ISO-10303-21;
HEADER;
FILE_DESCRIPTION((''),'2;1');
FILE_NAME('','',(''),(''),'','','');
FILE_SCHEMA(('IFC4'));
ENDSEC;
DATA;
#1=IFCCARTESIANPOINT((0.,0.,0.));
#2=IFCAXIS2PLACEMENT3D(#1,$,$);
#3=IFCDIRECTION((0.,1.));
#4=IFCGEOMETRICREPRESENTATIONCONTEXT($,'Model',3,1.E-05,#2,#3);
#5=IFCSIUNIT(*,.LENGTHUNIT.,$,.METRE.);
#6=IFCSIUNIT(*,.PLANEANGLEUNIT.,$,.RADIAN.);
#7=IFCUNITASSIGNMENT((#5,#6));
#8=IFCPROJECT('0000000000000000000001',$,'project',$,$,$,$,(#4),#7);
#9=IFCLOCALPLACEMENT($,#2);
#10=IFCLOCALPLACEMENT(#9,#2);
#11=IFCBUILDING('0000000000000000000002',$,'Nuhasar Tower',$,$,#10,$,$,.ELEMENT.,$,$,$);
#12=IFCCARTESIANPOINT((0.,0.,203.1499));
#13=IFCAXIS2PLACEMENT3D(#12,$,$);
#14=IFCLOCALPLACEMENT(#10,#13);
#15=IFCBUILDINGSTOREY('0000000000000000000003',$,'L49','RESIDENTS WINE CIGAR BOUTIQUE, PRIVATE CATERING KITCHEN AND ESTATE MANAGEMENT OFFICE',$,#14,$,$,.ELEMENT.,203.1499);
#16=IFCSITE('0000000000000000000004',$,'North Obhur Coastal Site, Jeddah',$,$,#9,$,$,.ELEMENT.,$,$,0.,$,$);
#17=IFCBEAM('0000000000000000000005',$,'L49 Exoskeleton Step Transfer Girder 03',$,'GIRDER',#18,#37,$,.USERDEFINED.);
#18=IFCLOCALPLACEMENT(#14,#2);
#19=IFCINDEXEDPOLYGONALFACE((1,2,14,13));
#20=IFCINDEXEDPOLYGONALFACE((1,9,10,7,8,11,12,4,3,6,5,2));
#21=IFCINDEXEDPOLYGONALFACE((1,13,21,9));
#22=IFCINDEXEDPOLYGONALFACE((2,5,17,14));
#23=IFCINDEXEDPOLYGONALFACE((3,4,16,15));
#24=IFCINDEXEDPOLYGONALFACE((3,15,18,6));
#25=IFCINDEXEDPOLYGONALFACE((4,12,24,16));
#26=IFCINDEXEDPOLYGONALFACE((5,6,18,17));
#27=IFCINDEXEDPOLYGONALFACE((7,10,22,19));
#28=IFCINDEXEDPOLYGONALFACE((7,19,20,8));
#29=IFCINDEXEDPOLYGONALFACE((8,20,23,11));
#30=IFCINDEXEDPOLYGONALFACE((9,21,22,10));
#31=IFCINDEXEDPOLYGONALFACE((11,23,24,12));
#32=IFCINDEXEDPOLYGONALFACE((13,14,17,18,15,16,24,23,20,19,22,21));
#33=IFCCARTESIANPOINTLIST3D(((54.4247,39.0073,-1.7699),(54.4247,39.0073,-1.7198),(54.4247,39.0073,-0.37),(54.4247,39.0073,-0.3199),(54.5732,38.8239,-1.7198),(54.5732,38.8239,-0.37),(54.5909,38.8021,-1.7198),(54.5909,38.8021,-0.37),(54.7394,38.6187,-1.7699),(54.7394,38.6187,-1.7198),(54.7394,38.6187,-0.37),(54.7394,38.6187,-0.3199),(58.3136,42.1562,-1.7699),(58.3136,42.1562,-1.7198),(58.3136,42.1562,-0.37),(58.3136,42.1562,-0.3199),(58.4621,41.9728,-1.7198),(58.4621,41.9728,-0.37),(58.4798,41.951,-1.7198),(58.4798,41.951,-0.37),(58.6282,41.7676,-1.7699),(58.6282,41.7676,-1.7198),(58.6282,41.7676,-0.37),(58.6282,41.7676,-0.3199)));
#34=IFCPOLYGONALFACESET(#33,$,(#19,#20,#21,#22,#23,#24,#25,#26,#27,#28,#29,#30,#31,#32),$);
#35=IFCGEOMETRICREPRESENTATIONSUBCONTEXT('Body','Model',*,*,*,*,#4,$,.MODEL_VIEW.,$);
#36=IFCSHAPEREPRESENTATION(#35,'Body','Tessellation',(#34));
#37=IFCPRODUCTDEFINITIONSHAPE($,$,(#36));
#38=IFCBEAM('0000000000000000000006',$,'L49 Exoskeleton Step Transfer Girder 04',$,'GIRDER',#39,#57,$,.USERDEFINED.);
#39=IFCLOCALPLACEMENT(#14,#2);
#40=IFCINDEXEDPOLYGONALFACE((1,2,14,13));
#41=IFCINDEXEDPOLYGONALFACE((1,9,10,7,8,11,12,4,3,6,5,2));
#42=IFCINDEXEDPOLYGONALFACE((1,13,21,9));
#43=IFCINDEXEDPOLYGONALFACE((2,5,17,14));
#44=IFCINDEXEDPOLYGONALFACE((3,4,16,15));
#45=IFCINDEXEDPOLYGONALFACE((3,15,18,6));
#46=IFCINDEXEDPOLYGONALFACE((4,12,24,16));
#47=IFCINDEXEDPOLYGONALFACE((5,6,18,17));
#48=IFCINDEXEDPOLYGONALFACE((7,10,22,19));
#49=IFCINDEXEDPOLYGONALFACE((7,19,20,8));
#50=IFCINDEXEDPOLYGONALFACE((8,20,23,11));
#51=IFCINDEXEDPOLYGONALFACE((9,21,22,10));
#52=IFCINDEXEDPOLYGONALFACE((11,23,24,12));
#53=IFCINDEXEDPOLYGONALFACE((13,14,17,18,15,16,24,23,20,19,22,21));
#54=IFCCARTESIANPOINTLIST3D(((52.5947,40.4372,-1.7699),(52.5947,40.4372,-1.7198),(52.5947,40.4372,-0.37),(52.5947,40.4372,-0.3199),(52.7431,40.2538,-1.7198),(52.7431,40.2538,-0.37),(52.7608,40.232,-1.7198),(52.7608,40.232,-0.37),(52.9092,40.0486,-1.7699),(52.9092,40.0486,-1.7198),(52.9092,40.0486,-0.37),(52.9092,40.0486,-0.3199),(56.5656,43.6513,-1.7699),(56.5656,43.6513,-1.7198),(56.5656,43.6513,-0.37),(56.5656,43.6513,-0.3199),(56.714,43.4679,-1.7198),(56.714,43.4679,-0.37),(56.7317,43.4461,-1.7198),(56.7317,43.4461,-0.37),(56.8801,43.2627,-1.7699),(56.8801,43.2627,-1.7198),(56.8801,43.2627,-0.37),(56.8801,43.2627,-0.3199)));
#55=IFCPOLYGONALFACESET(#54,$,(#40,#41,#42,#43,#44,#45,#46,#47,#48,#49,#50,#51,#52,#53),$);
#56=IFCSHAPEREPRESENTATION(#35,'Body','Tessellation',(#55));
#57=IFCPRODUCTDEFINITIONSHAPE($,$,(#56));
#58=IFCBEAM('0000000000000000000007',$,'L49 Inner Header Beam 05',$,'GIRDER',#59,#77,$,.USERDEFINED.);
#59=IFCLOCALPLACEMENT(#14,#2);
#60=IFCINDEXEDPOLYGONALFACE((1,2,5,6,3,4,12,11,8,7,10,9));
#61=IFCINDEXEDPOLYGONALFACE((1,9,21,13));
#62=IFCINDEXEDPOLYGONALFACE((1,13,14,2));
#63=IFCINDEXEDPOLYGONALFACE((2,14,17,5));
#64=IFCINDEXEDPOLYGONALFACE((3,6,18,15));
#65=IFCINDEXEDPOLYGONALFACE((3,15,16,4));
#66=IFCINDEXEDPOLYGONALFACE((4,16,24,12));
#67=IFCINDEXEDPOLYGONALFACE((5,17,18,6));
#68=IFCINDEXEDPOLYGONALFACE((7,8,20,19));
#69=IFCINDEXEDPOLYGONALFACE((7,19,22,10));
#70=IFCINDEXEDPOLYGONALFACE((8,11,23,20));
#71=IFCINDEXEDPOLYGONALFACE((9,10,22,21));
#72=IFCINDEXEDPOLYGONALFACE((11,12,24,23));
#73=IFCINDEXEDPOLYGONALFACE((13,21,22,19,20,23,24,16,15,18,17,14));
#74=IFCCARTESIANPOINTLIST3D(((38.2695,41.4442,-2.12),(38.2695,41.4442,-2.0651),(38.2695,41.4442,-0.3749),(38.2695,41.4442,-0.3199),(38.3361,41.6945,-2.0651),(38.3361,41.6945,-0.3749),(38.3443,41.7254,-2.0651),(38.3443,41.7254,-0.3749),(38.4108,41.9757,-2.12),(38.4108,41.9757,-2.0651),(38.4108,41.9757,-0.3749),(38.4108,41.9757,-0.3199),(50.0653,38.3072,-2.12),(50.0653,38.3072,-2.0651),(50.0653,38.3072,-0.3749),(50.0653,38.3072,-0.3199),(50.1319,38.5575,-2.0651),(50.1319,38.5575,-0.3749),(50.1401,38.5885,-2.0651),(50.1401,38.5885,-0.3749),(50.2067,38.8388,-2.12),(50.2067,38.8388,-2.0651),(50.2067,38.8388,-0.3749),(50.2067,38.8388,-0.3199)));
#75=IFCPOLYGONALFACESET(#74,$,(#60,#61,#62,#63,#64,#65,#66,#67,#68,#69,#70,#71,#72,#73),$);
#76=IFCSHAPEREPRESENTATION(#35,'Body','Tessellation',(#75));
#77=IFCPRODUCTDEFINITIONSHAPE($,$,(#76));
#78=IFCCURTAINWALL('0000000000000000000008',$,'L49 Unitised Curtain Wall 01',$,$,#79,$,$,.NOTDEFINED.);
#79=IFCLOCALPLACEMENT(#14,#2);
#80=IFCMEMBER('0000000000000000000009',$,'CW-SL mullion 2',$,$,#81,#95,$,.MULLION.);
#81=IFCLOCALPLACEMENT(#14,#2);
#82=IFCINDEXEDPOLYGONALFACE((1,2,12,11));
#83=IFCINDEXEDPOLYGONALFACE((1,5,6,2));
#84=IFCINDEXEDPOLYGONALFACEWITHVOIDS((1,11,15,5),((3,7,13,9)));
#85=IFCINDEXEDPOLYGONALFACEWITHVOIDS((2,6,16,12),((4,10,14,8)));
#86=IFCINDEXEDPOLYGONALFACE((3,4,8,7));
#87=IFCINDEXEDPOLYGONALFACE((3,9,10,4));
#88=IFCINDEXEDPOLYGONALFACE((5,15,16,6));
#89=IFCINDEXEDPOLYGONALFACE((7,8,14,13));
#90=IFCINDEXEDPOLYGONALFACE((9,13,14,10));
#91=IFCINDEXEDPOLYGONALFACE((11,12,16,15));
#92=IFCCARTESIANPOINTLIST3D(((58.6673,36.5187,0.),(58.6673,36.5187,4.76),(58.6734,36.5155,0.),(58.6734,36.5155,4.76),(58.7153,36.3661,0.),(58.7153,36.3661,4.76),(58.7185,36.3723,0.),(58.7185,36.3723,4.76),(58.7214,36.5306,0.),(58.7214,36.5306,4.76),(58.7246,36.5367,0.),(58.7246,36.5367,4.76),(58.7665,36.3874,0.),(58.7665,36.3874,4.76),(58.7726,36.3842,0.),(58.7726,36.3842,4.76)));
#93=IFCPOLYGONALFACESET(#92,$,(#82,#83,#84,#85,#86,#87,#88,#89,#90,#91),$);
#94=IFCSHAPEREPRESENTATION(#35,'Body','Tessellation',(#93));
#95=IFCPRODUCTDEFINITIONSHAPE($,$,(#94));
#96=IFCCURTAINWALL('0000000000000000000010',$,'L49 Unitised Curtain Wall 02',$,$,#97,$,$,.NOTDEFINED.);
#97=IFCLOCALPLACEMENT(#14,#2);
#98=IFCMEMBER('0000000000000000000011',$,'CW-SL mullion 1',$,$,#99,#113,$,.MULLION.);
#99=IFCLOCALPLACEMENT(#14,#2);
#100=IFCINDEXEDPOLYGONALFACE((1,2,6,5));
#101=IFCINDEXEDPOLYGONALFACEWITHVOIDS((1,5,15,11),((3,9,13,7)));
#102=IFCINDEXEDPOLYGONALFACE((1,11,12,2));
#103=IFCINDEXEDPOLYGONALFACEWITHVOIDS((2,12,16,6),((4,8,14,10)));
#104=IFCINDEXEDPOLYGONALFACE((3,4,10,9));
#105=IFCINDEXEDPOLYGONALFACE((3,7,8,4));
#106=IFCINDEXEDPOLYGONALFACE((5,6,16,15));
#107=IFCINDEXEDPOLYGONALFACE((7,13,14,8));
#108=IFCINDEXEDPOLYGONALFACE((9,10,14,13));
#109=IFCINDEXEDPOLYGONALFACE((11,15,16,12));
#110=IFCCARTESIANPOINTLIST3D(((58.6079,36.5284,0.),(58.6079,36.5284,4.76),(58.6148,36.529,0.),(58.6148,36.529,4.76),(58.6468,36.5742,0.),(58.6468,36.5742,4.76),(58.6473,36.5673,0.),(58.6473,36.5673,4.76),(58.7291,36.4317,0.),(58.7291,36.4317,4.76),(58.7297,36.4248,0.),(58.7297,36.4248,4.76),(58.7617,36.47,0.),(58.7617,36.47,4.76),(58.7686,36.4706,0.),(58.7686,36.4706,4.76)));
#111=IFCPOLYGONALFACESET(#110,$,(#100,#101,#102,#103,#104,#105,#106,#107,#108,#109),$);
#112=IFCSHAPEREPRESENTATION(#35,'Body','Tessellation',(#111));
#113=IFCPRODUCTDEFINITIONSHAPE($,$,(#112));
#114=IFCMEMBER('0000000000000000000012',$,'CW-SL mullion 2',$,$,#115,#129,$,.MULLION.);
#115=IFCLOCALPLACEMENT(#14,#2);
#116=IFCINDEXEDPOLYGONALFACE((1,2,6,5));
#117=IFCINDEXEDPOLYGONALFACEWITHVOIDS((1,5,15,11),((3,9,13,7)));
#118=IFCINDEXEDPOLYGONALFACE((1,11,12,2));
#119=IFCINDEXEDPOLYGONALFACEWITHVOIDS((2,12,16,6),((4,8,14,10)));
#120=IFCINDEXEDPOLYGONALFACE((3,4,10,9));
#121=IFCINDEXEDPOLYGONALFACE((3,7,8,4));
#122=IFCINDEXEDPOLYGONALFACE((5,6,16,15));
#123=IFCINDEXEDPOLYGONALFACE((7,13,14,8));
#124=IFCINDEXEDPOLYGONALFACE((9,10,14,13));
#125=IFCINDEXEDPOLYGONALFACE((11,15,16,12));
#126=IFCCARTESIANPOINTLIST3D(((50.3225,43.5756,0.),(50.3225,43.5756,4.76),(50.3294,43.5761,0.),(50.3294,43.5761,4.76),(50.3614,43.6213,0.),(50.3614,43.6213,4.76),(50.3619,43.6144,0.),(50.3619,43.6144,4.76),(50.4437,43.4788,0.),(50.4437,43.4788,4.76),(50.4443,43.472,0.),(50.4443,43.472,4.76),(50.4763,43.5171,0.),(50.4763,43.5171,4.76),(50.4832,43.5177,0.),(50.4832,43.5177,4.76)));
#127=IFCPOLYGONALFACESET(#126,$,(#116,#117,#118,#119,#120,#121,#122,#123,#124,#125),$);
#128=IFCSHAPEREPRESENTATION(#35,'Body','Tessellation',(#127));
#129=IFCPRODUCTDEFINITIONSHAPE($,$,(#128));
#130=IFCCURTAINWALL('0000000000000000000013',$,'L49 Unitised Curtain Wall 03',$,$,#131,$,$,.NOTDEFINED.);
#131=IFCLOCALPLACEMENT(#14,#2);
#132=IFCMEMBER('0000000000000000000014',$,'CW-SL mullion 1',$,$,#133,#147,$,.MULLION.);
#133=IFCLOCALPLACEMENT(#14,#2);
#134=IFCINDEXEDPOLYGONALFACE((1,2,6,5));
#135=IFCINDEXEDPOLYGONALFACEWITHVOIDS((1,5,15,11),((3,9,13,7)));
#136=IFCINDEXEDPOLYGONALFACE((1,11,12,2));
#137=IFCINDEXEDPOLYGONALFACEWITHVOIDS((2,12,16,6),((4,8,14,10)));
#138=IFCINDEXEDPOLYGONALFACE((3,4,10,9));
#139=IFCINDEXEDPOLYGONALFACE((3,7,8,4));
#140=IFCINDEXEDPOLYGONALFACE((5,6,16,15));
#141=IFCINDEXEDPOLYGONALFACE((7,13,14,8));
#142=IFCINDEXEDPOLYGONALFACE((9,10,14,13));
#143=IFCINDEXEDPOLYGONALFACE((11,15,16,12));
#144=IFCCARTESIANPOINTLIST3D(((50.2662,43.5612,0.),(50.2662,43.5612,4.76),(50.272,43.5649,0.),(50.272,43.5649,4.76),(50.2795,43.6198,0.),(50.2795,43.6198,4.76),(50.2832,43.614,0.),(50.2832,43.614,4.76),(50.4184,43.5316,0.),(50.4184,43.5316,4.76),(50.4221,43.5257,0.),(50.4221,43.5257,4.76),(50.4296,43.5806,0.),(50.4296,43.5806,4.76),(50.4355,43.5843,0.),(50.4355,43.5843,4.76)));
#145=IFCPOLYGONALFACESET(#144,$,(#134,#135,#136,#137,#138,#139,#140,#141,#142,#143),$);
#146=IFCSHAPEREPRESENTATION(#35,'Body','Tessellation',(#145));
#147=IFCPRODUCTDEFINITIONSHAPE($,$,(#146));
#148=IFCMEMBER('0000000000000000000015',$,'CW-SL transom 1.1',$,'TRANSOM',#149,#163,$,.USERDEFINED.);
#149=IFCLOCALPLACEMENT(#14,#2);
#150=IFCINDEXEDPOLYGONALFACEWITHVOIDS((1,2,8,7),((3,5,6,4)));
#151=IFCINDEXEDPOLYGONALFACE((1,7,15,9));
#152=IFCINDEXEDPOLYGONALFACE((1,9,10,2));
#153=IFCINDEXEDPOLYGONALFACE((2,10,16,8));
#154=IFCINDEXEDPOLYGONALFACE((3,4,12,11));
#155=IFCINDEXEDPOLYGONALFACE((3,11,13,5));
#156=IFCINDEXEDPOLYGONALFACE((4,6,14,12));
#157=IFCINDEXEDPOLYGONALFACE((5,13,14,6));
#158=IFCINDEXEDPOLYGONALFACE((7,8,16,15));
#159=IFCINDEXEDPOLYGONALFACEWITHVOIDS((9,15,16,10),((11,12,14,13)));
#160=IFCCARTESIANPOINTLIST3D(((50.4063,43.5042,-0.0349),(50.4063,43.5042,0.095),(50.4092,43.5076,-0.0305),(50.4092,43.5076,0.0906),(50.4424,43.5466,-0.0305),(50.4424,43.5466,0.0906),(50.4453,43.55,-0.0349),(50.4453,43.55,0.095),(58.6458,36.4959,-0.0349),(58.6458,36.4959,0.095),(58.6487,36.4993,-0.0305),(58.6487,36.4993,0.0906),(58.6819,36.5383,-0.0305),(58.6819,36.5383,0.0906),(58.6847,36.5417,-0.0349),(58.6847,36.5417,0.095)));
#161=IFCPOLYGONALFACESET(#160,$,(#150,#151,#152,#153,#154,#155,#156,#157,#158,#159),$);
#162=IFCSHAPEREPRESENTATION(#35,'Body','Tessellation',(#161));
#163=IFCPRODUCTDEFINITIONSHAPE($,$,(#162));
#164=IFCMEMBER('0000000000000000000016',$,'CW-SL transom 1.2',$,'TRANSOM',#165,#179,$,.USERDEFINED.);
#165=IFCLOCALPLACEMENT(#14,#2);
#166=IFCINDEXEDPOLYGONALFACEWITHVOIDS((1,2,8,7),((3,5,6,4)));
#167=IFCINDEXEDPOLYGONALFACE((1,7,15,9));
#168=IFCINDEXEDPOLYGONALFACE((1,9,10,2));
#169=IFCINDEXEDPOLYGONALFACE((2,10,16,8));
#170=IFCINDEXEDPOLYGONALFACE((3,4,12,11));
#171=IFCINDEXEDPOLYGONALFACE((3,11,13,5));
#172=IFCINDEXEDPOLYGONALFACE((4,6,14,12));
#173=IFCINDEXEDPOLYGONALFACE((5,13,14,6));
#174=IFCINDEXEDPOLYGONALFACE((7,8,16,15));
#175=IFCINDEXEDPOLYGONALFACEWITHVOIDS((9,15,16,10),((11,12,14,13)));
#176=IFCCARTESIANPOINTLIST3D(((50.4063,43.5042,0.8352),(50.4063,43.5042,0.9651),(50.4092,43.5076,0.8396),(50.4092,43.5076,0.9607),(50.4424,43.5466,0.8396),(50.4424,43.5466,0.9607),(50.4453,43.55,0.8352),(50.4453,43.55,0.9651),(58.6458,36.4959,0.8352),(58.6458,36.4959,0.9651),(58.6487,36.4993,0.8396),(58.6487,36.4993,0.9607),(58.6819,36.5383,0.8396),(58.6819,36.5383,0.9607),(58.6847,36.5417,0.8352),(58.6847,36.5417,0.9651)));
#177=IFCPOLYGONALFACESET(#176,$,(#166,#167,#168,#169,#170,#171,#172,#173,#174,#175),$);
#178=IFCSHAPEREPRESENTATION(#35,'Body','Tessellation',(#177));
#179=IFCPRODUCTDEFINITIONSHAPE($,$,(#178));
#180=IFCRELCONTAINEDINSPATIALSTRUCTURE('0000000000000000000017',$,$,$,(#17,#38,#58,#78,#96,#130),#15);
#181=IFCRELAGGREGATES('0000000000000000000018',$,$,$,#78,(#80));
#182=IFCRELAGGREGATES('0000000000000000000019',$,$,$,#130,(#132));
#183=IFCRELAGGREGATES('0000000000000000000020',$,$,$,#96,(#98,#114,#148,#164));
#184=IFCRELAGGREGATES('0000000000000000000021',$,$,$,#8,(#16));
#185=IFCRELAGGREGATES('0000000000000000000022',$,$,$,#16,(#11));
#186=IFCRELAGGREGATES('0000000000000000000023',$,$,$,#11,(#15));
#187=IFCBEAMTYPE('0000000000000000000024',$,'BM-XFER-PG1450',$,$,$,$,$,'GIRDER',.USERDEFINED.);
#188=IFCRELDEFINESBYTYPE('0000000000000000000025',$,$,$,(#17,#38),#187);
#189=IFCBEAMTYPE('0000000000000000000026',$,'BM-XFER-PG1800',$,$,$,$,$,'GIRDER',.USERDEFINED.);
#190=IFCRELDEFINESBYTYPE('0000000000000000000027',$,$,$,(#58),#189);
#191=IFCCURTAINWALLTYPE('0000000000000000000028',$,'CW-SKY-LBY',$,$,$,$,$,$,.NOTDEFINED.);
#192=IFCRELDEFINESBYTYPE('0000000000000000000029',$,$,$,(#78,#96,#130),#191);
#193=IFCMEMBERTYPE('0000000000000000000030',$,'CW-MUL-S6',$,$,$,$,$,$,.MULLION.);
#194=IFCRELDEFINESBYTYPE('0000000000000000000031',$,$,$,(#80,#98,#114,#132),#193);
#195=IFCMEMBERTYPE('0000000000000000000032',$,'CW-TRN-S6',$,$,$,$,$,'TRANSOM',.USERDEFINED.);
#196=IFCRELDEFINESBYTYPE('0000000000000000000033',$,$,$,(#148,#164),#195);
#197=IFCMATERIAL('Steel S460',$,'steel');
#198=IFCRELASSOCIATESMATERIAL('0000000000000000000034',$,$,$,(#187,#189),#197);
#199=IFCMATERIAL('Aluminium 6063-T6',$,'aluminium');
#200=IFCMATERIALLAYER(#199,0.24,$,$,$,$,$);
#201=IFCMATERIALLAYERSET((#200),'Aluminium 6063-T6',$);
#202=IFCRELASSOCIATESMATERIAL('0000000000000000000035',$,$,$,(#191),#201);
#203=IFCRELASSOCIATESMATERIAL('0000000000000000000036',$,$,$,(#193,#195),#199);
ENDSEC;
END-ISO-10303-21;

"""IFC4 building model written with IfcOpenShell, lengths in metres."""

from ifc_helpers import new_model, si_unit, direction, frame, origin, origin_2d, place, context, subcontext, project, spatial, hollow_rectangle, i_section, extrude, material, layer, layer_set, material_profile, profile_set, type_object, element, aggregate, save


model = new_model("IFC4")

# Units and contexts
model_context = context("Model", 3, precision=1e-05, world=origin(), true_north=direction((0.0, 1.0)))
body_context = subcontext(model_context, "Body", "Model", "MODEL_VIEW")
ifc_project = project(units=[si_unit("LENGTHUNIT", "METRE"), si_unit("PLANEANGLEUNIT", "RADIAN")], contexts=[model_context])

# Site, building, storey
site_placement = place(None, origin())
site = spatial("IfcSite", under=ifc_project, at=site_placement, Name="North Obhur Coastal Site, Jeddah", CompositionType="ELEMENT", RefElevation=0.0)
building_placement = place(site_placement, origin())
building = spatial("IfcBuilding", under=site, at=building_placement, Name="Nuhasar Tower", CompositionType="ELEMENT")
storey_placement = place(building_placement, frame((0.0, 0.0, 203.1499)))
storey = spatial("IfcBuildingStorey", under=building, at=storey_placement, Name="L49", Description="RESIDENTS WINE CIGAR BOUTIQUE, PRIVATE CATERING KITCHEN AND ESTATE MANAGEMENT OFFICE", CompositionType="ELEMENT", Elevation=203.1499)

# Beams
ifc_material_1 = material(Name="Steel S460", Category="steel")
ifc_material_profile_1 = material_profile(ifc_material_1, i_section(OverallWidth=0.5, OverallDepth=1.45, WebThickness=0.0281, FlangeThickness=0.05, at=origin_2d()), Name="PG1450X500")
ifc_profile_set_1 = profile_set([ifc_material_profile_1], Name="Steel S460")
beam_type_1 = type_object("IfcBeamType", Name="BM-XFER-PG1450", ElementType="GIRDER", PredefinedType="USERDEFINED", material=ifc_profile_set_1)
beam_1_placement = place(storey_placement, frame((54.582, 38.813, -1.0449), z_axis=(0.777171, 0.629289, 0.0), x_axis=(-0.629289, 0.777171, 0.0)))
element("IfcBeam", 1, at=beam_1_placement, inside=storey, type_object=beam_type_1, Name="L49 Exoskeleton Step Transfer Girder 03", ObjectType="GIRDER", PredefinedType="USERDEFINED", context=body_context, shape_type="SweptSolid", body=[
    extrude(i_section(OverallWidth=0.5, OverallDepth=1.45, WebThickness=0.0281, FlangeThickness=0.05, at=origin_2d()), origin(), (0.0, 0.0, 1.0), 5.0039),
])
beam_2_placement = place(storey_placement, frame((52.752, 40.2429, -1.0449), z_axis=(0.777289, 0.629143, 0.0), x_axis=(-0.629143, 0.777289, 0.0)))
element("IfcBeam", 2, at=beam_2_placement, inside=storey, type_object=beam_type_1, Name="L49 Exoskeleton Step Transfer Girder 04", ObjectType="GIRDER", PredefinedType="USERDEFINED", context=body_context, shape_type="SweptSolid", body=[
    extrude(i_section(OverallWidth=0.5, OverallDepth=1.45, WebThickness=0.0281, FlangeThickness=0.05, at=origin_2d()), origin(), (0.0, 0.0, 1.0), 5.1086),
])
ifc_material_profile_2 = material_profile(ifc_material_1, i_section(OverallWidth=0.55, OverallDepth=1.8, WebThickness=0.032, FlangeThickness=0.0549, at=origin_2d()), Name="PG1800X550")
ifc_profile_set_2 = profile_set([ifc_material_profile_2], Name="Steel S460")
beam_type_2 = type_object("IfcBeamType", Name="BM-XFER-PG1800", ElementType="GIRDER", PredefinedType="USERDEFINED", material=ifc_profile_set_2)
beam_3_placement = place(storey_placement, frame((50.136, 38.573, -1.22), z_axis=(-0.96641, 0.257004, 0.0), x_axis=(-0.257004, -0.96641, 0.0)))
element("IfcBeam", 3, at=beam_3_placement, inside=storey, type_object=beam_type_2, Name="L49 Inner Header Beam 05", ObjectType="GIRDER", PredefinedType="USERDEFINED", context=body_context, shape_type="SweptSolid", body=[
    extrude(i_section(OverallWidth=0.55, OverallDepth=1.8, WebThickness=0.032, FlangeThickness=0.0549, at=origin_2d()), origin(), (0.0, 0.0, 1.0), 12.2058),
])

# Curtain wall, member
ifc_material_2 = material(Name="Aluminium 6063-T6", Category="aluminium")
ifc_layer_1 = layer(ifc_material_2, 0.24)
ifc_layer_set_1 = layer_set([ifc_layer_1], Name="Aluminium 6063-T6")
curtain_wall_type = type_object("IfcCurtainWallType", Name="CW-SKY-LBY", PredefinedType="NOTDEFINED", material=ifc_layer_set_1)
curtain_wall_1_placement = place(storey_placement, origin())
curtain_wall_1 = element("IfcCurtainWall", 4, at=curtain_wall_1_placement, inside=storey, type_object=curtain_wall_type, Name="L49 Unitised Curtain Wall 01", PredefinedType="NOTDEFINED")
ifc_material_profile_3 = material_profile(ifc_material_2, hollow_rectangle(XDim=0.0601, YDim=0.1599, WallThickness=0.0049, at=origin_2d()), Name="CWM-6")
ifc_profile_set_3 = profile_set([ifc_material_profile_3], Name="Aluminium 6063-T6")
member_type_1 = type_object("IfcMemberType", Name="CW-MUL-S6", PredefinedType="MULLION", material=ifc_profile_set_3)
member_1_placement = place(storey_placement, frame((58.72, 36.4514, 0.0), z_axis=(0.0, 0.0, 1.0), x_axis=(-0.953804, -0.300429, 0.0)))
member_1 = element("IfcMember", 5, at=member_1_placement, type_object=member_type_1, Name="CW-SL mullion 2", PredefinedType="MULLION", context=body_context, shape_type="SweptSolid", body=[
    extrude(hollow_rectangle(XDim=0.0601, YDim=0.1599, WallThickness=0.0049, at=origin_2d()), origin(), (0.0, 0.0, 1.0), 4.76),
])
aggregate(curtain_wall_1, [member_1])

# Curtain wall, members
curtain_wall_2_placement = place(storey_placement, origin())
curtain_wall_2 = element("IfcCurtainWall", 6, at=curtain_wall_2_placement, inside=storey, type_object=curtain_wall_type, Name="L49 Unitised Curtain Wall 02", PredefinedType="NOTDEFINED")
member_2_placement = place(storey_placement, frame((58.6882, 36.4995, 0.0), z_axis=(0.0, 0.0, 1.0), x_axis=(-0.647895, -0.761729, 0.0)))
member_2 = element("IfcMember", 7, at=member_2_placement, type_object=member_type_1, Name="CW-SL mullion 1", PredefinedType="MULLION", context=body_context, shape_type="SweptSolid", body=[
    extrude(hollow_rectangle(XDim=0.0601, YDim=0.1599, WallThickness=0.0049, at=origin_2d()), origin(), (0.0, 0.0, 1.0), 4.76),
])
member_3_placement = place(storey_placement, frame((50.4028, 43.5466, 0.0), z_axis=(0.0, 0.0, 1.0), x_axis=(-0.647895, -0.761729, 0.0)))
member_3 = element("IfcMember", 8, at=member_3_placement, type_object=member_type_1, Name="CW-SL mullion 2", PredefinedType="MULLION", context=body_context, shape_type="SweptSolid", body=[
    extrude(hollow_rectangle(XDim=0.0601, YDim=0.1599, WallThickness=0.0049, at=origin_2d()), origin(), (0.0, 0.0, 1.0), 4.76),
])

# Curtain wall, member
curtain_wall_3_placement = place(storey_placement, origin())
curtain_wall_3 = element("IfcCurtainWall", 9, at=curtain_wall_3_placement, inside=storey, type_object=curtain_wall_type, Name="L49 Unitised Curtain Wall 03", PredefinedType="NOTDEFINED")
member_4_placement = place(storey_placement, frame((50.3508, 43.5728, 0.0), z_axis=(0.0, 0.0, 1.0), x_axis=(-0.222243, -0.974991, 0.0)))
member_4 = element("IfcMember", 10, at=member_4_placement, type_object=member_type_1, Name="CW-SL mullion 1", PredefinedType="MULLION", context=body_context, shape_type="SweptSolid", body=[
    extrude(hollow_rectangle(XDim=0.0601, YDim=0.1599, WallThickness=0.0049, at=origin_2d()), origin(), (0.0, 0.0, 1.0), 4.76),
])

# Members
ifc_material_profile_4 = material_profile(ifc_material_2, hollow_rectangle(XDim=0.0601, YDim=0.1299, WallThickness=0.0044, at=origin_2d()), Name="CWT-6")
ifc_profile_set_4 = profile_set([ifc_material_profile_4], Name="Aluminium 6063-T6")
member_type_2 = type_object("IfcMemberType", Name="CW-TRN-S6", ElementType="TRANSOM", PredefinedType="USERDEFINED", material=ifc_profile_set_4)
member_5_placement = place(storey_placement, frame((58.6653, 36.5188, 0.03), z_axis=(-0.761724, 0.647902, 0.0), x_axis=(-0.647902, -0.761724, 0.0)))
member_5 = element("IfcMember", 11, at=member_5_placement, type_object=member_type_2, Name="CW-SL transom 1.1", ObjectType="TRANSOM", PredefinedType="USERDEFINED", context=body_context, shape_type="SweptSolid", body=[
    extrude(hollow_rectangle(XDim=0.0601, YDim=0.1299, WallThickness=0.0044, at=origin_2d()), origin(), (0.0, 0.0, 1.0), 10.8169),
])
member_6_placement = place(storey_placement, frame((58.6653, 36.5188, 0.9001), z_axis=(-0.761724, 0.647902, 0.0), x_axis=(-0.647902, -0.761724, 0.0)))
member_6 = element("IfcMember", 12, at=member_6_placement, type_object=member_type_2, Name="CW-SL transom 1.2", ObjectType="TRANSOM", PredefinedType="USERDEFINED", context=body_context, shape_type="SweptSolid", body=[
    extrude(hollow_rectangle(XDim=0.0601, YDim=0.1299, WallThickness=0.0044, at=origin_2d()), origin(), (0.0, 0.0, 1.0), 10.8169),
])
aggregate(curtain_wall_3, [member_4])

aggregate(curtain_wall_2, [member_2, member_3, member_5, member_6])

save(model, "model.ifc")
